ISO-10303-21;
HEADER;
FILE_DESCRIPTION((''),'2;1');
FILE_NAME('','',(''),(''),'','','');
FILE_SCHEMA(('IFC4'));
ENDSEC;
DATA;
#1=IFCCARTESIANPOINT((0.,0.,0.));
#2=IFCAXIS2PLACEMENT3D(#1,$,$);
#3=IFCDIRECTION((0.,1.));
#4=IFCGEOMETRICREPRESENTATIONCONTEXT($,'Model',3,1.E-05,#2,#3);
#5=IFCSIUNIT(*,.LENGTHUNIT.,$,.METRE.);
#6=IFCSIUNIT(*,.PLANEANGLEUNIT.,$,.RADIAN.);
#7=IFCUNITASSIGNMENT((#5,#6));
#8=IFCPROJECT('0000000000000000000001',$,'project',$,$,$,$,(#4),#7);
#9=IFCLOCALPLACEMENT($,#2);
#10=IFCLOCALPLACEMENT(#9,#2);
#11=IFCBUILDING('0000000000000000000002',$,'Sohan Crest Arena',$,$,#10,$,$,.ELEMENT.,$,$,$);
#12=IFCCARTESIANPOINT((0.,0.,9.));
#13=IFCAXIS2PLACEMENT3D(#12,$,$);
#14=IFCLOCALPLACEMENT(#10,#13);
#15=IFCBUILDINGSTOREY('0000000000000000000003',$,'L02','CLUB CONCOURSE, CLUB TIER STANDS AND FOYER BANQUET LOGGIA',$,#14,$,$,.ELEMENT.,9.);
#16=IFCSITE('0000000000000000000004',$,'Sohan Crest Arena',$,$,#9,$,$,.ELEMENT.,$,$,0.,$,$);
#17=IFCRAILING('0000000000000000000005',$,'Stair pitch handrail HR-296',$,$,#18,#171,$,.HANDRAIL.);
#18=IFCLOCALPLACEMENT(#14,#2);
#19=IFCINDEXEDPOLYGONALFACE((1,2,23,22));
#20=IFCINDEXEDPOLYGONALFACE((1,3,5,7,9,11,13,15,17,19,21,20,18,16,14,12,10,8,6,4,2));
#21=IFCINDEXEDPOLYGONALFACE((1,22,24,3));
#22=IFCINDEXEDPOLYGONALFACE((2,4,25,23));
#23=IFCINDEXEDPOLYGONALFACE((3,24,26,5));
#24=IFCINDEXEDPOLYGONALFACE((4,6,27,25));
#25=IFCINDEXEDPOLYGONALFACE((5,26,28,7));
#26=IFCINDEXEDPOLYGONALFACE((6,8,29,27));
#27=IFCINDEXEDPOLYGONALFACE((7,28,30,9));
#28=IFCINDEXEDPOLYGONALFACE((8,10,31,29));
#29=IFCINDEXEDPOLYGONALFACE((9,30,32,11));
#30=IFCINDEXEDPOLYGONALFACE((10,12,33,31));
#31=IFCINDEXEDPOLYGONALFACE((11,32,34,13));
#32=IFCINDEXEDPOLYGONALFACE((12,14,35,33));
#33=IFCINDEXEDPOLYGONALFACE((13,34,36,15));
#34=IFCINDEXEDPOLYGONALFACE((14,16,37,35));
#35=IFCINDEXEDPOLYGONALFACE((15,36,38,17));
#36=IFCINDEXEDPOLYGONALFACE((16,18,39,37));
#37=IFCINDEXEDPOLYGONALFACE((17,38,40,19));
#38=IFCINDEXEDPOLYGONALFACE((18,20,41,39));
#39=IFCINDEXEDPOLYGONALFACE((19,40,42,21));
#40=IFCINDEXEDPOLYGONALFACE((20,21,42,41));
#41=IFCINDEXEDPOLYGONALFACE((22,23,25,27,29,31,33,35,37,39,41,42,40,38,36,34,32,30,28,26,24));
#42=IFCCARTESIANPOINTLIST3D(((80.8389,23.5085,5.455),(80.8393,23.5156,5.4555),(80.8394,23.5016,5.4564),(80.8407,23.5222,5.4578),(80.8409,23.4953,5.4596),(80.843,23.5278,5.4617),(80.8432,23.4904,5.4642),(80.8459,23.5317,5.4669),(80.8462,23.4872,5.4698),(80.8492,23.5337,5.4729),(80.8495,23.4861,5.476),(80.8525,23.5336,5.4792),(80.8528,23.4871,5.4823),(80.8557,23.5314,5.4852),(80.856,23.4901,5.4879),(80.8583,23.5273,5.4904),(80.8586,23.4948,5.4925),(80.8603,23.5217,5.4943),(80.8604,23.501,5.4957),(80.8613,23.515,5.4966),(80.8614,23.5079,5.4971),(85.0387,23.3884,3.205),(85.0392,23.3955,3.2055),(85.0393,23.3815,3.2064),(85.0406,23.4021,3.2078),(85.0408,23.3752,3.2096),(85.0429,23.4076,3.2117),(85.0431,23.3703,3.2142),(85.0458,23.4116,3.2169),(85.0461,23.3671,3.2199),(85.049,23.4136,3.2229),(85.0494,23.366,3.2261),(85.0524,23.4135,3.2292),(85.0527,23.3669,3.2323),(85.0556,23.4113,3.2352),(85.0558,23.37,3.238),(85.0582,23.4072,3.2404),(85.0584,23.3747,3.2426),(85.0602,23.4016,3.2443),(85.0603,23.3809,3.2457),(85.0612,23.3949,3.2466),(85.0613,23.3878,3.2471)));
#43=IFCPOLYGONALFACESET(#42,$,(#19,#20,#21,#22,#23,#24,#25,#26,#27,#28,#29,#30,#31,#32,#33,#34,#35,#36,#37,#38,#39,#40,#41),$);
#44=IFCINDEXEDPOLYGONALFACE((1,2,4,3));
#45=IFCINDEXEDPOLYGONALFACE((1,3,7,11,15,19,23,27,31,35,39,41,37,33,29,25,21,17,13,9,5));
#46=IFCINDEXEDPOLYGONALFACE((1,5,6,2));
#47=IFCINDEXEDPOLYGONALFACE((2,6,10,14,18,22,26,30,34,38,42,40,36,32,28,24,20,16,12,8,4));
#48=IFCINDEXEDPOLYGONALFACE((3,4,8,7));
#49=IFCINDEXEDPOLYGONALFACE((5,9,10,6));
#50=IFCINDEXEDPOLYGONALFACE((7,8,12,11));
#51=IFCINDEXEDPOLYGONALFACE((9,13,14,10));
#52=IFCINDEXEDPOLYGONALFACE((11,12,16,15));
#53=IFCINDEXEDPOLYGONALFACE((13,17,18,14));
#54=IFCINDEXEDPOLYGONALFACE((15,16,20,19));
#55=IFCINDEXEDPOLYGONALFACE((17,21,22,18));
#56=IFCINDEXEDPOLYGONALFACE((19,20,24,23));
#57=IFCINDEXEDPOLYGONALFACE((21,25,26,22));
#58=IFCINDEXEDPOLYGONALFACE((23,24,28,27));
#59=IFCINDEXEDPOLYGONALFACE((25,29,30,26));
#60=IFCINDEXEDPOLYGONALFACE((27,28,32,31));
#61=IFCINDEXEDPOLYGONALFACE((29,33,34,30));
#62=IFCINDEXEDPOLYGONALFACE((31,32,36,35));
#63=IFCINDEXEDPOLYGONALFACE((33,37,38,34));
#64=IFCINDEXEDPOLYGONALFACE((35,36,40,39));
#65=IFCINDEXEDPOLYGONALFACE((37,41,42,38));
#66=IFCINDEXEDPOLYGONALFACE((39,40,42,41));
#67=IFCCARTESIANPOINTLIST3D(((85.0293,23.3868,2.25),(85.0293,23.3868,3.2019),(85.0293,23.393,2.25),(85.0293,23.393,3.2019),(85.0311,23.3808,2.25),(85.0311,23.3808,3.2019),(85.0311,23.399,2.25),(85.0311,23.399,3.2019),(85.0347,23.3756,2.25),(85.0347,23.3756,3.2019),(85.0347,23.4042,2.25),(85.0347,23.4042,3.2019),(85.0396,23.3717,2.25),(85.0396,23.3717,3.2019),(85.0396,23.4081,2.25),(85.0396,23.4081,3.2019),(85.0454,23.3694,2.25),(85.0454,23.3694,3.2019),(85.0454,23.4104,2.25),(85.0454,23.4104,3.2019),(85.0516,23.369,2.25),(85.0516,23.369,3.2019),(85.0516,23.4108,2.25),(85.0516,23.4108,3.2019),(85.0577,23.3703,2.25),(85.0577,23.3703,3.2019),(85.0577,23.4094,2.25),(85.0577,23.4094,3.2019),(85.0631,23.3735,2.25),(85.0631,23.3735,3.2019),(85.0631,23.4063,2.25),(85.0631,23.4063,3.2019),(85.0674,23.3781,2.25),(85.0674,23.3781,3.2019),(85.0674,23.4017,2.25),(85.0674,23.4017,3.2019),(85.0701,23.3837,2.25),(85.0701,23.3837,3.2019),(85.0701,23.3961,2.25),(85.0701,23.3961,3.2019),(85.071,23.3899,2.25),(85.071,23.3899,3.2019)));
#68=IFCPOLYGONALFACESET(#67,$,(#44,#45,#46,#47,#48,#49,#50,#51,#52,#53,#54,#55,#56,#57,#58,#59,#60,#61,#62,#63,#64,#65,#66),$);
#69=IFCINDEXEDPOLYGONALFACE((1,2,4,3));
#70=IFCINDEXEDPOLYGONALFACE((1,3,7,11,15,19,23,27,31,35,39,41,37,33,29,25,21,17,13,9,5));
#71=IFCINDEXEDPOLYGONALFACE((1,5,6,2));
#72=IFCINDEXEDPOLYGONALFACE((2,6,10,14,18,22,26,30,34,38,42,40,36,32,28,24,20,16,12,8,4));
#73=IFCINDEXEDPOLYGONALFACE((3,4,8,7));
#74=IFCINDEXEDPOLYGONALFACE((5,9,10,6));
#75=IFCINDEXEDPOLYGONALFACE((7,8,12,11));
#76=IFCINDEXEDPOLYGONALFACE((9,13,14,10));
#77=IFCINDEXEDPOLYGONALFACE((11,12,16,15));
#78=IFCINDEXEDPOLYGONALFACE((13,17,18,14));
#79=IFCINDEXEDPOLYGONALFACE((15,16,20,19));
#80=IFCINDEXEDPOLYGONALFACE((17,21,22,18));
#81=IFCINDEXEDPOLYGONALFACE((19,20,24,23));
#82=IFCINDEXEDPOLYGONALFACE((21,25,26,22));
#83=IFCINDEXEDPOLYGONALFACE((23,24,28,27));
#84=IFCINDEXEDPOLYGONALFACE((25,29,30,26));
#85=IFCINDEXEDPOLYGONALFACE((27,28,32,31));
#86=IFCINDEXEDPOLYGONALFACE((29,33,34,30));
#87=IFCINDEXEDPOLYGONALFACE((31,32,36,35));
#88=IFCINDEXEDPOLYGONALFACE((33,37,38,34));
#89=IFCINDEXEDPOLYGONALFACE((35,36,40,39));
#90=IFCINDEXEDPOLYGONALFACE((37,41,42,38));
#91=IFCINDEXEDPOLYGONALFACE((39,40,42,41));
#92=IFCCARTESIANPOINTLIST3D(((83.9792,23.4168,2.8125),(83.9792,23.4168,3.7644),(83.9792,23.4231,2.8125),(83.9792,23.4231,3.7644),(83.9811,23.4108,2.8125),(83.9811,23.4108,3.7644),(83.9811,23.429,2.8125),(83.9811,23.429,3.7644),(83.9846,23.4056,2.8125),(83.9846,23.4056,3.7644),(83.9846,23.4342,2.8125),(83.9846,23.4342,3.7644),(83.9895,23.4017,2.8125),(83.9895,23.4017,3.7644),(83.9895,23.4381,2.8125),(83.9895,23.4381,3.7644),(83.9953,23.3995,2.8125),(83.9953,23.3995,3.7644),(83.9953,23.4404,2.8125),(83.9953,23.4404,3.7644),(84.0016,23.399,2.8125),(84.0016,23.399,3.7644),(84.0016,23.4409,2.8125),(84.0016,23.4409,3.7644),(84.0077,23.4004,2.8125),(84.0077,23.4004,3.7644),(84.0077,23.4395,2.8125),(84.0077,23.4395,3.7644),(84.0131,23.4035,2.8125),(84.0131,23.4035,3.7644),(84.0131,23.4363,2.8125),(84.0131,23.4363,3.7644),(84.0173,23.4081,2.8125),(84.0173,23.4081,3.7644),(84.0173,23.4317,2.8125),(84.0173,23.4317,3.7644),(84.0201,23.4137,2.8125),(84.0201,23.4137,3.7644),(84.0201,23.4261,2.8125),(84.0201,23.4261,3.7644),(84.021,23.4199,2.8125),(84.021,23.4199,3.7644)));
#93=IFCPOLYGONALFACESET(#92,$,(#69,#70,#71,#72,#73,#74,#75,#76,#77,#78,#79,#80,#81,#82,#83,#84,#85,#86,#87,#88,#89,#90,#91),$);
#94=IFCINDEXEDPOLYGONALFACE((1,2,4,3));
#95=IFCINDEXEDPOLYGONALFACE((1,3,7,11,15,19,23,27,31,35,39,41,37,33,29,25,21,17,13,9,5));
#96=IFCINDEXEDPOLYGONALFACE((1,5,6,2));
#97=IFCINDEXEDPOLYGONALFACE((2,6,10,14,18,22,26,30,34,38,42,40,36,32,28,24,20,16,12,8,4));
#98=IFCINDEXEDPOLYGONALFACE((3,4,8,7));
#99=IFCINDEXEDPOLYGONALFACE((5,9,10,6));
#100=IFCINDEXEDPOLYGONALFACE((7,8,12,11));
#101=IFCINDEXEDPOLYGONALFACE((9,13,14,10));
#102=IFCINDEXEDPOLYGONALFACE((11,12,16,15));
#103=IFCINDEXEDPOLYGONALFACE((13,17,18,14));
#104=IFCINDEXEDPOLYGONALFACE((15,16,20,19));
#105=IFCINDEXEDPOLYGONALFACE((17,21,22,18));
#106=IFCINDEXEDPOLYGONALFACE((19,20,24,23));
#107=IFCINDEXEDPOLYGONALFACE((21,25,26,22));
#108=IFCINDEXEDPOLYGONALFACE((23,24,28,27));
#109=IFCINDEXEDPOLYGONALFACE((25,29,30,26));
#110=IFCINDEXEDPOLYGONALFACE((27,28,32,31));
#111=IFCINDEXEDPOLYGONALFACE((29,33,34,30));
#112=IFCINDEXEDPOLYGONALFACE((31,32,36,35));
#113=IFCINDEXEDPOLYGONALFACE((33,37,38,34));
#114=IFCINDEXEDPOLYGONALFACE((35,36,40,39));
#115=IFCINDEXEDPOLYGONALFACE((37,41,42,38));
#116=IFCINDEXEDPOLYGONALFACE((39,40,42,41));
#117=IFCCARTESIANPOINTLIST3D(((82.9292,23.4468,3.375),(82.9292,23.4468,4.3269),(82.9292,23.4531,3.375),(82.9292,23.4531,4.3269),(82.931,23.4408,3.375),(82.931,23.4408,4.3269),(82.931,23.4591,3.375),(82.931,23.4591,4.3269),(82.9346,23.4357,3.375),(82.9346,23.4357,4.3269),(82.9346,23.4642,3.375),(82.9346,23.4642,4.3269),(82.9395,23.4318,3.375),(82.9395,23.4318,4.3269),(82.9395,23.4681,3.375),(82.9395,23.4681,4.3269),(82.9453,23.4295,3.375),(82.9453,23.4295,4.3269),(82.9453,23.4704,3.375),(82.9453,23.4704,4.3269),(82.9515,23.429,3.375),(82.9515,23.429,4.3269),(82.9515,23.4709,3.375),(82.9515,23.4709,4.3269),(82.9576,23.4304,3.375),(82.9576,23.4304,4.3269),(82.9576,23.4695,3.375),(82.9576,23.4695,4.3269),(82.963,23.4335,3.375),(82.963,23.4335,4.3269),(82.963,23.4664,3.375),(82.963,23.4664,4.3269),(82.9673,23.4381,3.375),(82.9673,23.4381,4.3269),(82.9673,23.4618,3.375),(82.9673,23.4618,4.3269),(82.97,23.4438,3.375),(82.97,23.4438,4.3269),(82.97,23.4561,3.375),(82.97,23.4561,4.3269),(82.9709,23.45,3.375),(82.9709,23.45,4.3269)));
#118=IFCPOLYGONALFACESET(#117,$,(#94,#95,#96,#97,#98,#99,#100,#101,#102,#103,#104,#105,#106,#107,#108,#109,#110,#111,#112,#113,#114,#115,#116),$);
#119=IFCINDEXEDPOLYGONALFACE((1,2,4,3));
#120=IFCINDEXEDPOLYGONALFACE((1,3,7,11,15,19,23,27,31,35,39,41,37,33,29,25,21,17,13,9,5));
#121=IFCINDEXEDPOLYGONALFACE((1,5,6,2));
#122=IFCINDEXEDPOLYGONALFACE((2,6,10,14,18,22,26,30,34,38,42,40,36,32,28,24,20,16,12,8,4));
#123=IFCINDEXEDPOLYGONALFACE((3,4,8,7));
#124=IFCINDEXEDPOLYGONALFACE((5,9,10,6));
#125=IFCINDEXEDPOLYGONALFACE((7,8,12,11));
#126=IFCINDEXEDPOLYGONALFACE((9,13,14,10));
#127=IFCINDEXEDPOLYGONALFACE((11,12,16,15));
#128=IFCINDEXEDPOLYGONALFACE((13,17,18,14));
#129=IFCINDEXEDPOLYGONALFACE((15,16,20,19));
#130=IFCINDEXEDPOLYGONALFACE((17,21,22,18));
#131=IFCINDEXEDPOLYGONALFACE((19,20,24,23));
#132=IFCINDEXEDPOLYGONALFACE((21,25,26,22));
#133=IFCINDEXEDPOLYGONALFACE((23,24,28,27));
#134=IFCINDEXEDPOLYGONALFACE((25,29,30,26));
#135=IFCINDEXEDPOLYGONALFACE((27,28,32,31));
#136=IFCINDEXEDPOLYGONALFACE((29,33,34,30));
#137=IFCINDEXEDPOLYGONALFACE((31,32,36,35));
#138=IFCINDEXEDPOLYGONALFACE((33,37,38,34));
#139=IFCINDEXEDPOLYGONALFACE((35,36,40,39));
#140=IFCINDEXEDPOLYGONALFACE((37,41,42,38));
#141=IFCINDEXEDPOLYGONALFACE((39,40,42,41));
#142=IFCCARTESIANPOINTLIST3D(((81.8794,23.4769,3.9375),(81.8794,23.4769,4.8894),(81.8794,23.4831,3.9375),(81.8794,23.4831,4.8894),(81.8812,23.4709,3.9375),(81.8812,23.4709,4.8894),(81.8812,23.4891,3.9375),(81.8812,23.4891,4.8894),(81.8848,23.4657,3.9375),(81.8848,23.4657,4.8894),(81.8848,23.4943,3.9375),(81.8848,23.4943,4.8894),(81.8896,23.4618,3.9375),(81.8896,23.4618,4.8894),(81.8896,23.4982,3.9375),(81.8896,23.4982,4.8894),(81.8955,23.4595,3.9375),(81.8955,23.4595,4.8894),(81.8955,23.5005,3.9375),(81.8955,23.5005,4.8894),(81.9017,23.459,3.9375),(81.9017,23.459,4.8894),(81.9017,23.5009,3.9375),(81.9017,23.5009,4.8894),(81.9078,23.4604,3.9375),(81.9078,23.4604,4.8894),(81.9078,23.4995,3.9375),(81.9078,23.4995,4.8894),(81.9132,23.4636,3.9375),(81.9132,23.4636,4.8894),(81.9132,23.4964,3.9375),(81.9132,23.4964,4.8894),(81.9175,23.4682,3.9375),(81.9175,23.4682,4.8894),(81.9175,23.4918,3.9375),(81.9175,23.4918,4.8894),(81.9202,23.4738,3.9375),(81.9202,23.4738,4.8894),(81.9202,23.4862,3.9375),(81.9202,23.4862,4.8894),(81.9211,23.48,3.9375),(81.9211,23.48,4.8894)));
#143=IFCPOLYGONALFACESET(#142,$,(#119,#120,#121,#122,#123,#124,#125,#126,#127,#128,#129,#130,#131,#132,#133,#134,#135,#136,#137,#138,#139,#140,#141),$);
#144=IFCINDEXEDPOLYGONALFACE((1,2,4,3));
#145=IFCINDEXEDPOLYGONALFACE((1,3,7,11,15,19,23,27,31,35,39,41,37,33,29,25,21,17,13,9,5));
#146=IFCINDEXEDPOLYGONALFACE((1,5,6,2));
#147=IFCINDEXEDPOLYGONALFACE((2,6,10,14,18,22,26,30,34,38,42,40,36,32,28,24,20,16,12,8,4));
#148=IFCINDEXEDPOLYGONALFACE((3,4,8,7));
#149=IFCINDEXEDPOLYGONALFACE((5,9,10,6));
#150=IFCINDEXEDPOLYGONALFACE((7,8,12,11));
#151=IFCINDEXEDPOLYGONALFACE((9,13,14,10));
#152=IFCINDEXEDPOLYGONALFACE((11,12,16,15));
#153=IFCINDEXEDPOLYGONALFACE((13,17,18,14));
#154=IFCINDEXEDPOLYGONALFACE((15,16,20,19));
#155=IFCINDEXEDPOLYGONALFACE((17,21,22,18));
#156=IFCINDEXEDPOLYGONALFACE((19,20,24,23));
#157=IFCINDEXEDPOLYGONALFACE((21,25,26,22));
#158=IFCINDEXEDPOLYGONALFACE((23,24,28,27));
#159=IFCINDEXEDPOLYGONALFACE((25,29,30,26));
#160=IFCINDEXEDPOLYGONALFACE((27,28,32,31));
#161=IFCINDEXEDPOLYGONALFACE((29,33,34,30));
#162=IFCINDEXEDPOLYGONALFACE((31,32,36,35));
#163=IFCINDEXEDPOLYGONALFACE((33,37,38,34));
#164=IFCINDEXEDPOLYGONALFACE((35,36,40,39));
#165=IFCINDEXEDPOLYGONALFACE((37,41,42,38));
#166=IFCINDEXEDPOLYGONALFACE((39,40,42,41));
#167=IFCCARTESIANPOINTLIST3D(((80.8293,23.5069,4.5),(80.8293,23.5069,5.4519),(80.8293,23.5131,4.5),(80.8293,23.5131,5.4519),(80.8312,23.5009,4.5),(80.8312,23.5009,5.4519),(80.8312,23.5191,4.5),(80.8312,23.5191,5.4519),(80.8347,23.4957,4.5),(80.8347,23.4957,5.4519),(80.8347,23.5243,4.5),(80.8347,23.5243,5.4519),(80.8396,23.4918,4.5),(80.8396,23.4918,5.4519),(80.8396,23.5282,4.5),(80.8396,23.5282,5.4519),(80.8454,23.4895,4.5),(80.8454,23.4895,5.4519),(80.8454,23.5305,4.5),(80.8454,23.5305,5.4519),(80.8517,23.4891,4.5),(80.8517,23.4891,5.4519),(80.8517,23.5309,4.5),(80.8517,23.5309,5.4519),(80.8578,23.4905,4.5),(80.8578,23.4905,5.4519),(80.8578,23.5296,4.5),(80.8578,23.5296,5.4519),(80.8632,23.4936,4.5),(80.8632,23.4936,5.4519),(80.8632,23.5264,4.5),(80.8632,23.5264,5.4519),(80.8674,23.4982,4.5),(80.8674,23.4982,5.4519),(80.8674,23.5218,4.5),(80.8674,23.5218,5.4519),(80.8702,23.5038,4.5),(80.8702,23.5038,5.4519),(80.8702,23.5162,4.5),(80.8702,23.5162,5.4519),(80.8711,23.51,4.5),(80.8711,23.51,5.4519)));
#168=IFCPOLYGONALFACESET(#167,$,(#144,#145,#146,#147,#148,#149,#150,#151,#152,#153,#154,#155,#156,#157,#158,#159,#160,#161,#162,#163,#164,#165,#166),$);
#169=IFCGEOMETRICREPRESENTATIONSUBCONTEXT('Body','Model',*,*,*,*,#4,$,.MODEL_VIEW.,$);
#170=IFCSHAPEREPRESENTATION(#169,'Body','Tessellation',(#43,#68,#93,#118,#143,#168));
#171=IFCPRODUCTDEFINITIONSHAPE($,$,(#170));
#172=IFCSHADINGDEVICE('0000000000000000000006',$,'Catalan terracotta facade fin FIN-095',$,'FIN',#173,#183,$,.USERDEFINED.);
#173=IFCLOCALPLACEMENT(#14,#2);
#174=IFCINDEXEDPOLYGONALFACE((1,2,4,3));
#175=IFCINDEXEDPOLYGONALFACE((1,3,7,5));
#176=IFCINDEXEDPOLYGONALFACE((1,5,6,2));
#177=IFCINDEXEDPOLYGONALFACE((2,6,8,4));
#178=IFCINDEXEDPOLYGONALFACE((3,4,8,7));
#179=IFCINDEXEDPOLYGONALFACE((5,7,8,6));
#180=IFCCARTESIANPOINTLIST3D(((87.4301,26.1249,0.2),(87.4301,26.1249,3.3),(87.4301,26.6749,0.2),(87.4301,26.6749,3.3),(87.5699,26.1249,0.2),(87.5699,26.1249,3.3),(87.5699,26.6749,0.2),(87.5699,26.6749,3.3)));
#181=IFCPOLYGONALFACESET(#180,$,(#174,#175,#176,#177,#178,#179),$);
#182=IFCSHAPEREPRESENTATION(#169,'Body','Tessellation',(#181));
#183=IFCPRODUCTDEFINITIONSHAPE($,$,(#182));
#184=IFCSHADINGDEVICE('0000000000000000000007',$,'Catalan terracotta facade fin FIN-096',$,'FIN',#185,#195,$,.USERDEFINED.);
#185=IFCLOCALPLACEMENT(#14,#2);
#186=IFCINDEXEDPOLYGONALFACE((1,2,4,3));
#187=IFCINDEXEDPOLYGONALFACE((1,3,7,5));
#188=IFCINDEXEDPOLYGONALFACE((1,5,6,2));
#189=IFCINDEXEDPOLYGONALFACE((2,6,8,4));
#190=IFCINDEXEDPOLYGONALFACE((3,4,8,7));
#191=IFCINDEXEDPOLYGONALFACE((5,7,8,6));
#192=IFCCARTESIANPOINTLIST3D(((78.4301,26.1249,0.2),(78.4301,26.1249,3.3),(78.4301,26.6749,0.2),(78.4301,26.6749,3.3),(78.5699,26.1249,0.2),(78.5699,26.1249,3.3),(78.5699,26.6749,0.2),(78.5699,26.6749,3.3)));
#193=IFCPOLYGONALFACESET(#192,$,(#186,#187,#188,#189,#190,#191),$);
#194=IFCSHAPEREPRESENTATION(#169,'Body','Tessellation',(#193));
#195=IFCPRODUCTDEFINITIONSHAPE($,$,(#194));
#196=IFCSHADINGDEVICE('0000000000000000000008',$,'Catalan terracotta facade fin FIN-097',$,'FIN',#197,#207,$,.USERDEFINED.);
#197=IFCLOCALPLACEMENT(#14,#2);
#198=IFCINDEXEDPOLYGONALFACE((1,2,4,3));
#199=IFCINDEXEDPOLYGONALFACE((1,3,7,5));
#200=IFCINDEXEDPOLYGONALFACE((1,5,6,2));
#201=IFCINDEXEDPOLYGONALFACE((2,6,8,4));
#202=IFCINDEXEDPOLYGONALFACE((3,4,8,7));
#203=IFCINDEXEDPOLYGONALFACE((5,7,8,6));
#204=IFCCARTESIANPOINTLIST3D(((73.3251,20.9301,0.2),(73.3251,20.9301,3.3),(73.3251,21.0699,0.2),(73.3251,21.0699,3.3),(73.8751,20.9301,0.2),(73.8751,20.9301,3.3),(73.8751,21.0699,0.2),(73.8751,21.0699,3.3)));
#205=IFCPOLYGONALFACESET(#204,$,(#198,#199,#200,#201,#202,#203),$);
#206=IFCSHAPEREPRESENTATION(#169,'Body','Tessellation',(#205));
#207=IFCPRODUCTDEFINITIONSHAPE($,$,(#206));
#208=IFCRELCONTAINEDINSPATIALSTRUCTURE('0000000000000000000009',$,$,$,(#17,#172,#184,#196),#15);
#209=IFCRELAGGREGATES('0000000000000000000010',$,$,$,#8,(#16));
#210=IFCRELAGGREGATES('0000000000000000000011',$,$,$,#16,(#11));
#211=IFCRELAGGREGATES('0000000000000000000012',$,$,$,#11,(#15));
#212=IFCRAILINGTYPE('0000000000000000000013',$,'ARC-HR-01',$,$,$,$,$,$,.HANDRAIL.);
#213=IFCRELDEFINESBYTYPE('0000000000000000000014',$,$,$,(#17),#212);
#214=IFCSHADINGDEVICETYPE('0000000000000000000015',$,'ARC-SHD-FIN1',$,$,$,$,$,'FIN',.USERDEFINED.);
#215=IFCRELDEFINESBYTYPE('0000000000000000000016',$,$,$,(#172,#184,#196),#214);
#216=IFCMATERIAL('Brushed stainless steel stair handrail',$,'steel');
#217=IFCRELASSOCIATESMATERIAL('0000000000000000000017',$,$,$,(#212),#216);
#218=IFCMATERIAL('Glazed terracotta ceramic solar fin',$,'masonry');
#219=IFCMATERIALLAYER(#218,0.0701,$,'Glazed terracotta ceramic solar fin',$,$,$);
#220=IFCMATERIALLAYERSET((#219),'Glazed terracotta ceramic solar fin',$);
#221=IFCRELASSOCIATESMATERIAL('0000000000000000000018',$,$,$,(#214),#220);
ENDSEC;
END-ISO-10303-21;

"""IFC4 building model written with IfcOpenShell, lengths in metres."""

from ifc_helpers import new_model, si_unit, direction, frame, origin, origin_2d, place, context, subcontext, project, spatial, rectangle, circle, extrude, material, layer, layer_set, type_object, element, save


model = new_model("IFC4")

# Units and contexts
model_context = context("Model", 3, precision=1e-05, world=origin(), true_north=direction((0.0, 1.0)))
body_context = subcontext(model_context, "Body", "Model", "MODEL_VIEW")
ifc_project = project(units=[si_unit("LENGTHUNIT", "METRE"), si_unit("PLANEANGLEUNIT", "RADIAN")], contexts=[model_context])

# Site, building, storey
site_placement = place(None, origin())
site = spatial("IfcSite", under=ifc_project, at=site_placement, Name="Sohan Crest Arena", CompositionType="ELEMENT", RefElevation=0.0)
building_placement = place(site_placement, origin())
building = spatial("IfcBuilding", under=site, at=building_placement, Name="Sohan Crest Arena", CompositionType="ELEMENT")
storey_placement = place(building_placement, frame((0.0, 0.0, 9.0)))
storey = spatial("IfcBuildingStorey", under=building, at=storey_placement, Name="L02", Description="CLUB CONCOURSE, CLUB TIER STANDS AND FOYER BANQUET LOGGIA", CompositionType="ELEMENT", Elevation=9.0)

# Railing
ifc_material_1 = material(Name="Brushed stainless steel stair handrail", Category="steel")
railing_type_1 = type_object("IfcRailingType", Name="ARC-HR-01", PredefinedType="HANDRAIL", material=ifc_material_1)
railing_1_placement = place(storey_placement, frame((85.05, 23.3899, 2.25)))
element("IfcRailing", 1, at=railing_1_placement, inside=storey, type_object=railing_type_1, Name="Stair pitch handrail HR-296", PredefinedType="HANDRAIL", context=body_context, shape_type="SweptSolid", body=[
    extrude(circle(Radius=0.0239, at=origin_2d()), frame((0.0, 0.0, 0.9761), z_axis=(-0.881198, 0.025202, 0.472076), x_axis=(-0.028588, -0.999591, 0.0)), (0.0, 0.0, 1.0), 4.7661),
    extrude(circle(Radius=0.021, at=origin_2d()), origin(), (0.0, 0.0, 1.0), 0.9519),
    extrude(circle(Radius=0.021, at=origin_2d()), frame((-1.05, 0.03, 0.5625)), (0.0, 0.0, 1.0), 0.9519),
    extrude(circle(Radius=0.021, at=origin_2d()), frame((-2.1001, 0.0601, 1.125)), (0.0, 0.0, 1.0), 0.9519),
    extrude(circle(Radius=0.021, at=origin_2d()), frame((-3.1499, 0.0901, 1.6875)), (0.0, 0.0, 1.0), 0.9519),
    extrude(circle(Radius=0.021, at=origin_2d()), frame((-4.2, 0.1201, 2.25)), (0.0, 0.0, 1.0), 0.9519),
])

# Shading devices
ifc_material_2 = material(Name="Glazed terracotta ceramic solar fin", Category="masonry")
ifc_layer_1 = layer(ifc_material_2, 0.0701, Name="Glazed terracotta ceramic solar fin")
ifc_layer_set_1 = layer_set([ifc_layer_1], Name="Glazed terracotta ceramic solar fin")
shading_device_type = type_object("IfcShadingDeviceType", Name="ARC-SHD-FIN1", ElementType="FIN", PredefinedType="USERDEFINED", material=ifc_layer_set_1)
for number, where, z_axis, x_axis, name in (
    (2, (87.5, 26.3999, 0.2), (0.0, 0.0, 1.0), (-1.0, 0.0, 0.0), "Catalan terracotta facade fin FIN-095"),
    (3, (78.5, 26.3999, 0.2), (0.0, 0.0, 1.0), (-1.0, 0.0, 0.0), "Catalan terracotta facade fin FIN-096"),
    (4, (73.6001, 21.0, 0.2), (0.0, 0.0, 1.0), (0.0, -1.0, 0.0), "Catalan terracotta facade fin FIN-097"),
):
    element("IfcShadingDevice", number, at=place(storey_placement, frame(where, z_axis=z_axis, x_axis=x_axis)), inside=storey, type_object=shading_device_type, Name=name, ObjectType="FIN", PredefinedType="USERDEFINED", context=body_context, shape_type="SweptSolid", body=[
        extrude(rectangle(XDim=0.1399, YDim=0.55, at=origin_2d()), origin(), (0.0, 0.0, 1.0), 3.1001),
    ])

save(model, "model.ifc")
